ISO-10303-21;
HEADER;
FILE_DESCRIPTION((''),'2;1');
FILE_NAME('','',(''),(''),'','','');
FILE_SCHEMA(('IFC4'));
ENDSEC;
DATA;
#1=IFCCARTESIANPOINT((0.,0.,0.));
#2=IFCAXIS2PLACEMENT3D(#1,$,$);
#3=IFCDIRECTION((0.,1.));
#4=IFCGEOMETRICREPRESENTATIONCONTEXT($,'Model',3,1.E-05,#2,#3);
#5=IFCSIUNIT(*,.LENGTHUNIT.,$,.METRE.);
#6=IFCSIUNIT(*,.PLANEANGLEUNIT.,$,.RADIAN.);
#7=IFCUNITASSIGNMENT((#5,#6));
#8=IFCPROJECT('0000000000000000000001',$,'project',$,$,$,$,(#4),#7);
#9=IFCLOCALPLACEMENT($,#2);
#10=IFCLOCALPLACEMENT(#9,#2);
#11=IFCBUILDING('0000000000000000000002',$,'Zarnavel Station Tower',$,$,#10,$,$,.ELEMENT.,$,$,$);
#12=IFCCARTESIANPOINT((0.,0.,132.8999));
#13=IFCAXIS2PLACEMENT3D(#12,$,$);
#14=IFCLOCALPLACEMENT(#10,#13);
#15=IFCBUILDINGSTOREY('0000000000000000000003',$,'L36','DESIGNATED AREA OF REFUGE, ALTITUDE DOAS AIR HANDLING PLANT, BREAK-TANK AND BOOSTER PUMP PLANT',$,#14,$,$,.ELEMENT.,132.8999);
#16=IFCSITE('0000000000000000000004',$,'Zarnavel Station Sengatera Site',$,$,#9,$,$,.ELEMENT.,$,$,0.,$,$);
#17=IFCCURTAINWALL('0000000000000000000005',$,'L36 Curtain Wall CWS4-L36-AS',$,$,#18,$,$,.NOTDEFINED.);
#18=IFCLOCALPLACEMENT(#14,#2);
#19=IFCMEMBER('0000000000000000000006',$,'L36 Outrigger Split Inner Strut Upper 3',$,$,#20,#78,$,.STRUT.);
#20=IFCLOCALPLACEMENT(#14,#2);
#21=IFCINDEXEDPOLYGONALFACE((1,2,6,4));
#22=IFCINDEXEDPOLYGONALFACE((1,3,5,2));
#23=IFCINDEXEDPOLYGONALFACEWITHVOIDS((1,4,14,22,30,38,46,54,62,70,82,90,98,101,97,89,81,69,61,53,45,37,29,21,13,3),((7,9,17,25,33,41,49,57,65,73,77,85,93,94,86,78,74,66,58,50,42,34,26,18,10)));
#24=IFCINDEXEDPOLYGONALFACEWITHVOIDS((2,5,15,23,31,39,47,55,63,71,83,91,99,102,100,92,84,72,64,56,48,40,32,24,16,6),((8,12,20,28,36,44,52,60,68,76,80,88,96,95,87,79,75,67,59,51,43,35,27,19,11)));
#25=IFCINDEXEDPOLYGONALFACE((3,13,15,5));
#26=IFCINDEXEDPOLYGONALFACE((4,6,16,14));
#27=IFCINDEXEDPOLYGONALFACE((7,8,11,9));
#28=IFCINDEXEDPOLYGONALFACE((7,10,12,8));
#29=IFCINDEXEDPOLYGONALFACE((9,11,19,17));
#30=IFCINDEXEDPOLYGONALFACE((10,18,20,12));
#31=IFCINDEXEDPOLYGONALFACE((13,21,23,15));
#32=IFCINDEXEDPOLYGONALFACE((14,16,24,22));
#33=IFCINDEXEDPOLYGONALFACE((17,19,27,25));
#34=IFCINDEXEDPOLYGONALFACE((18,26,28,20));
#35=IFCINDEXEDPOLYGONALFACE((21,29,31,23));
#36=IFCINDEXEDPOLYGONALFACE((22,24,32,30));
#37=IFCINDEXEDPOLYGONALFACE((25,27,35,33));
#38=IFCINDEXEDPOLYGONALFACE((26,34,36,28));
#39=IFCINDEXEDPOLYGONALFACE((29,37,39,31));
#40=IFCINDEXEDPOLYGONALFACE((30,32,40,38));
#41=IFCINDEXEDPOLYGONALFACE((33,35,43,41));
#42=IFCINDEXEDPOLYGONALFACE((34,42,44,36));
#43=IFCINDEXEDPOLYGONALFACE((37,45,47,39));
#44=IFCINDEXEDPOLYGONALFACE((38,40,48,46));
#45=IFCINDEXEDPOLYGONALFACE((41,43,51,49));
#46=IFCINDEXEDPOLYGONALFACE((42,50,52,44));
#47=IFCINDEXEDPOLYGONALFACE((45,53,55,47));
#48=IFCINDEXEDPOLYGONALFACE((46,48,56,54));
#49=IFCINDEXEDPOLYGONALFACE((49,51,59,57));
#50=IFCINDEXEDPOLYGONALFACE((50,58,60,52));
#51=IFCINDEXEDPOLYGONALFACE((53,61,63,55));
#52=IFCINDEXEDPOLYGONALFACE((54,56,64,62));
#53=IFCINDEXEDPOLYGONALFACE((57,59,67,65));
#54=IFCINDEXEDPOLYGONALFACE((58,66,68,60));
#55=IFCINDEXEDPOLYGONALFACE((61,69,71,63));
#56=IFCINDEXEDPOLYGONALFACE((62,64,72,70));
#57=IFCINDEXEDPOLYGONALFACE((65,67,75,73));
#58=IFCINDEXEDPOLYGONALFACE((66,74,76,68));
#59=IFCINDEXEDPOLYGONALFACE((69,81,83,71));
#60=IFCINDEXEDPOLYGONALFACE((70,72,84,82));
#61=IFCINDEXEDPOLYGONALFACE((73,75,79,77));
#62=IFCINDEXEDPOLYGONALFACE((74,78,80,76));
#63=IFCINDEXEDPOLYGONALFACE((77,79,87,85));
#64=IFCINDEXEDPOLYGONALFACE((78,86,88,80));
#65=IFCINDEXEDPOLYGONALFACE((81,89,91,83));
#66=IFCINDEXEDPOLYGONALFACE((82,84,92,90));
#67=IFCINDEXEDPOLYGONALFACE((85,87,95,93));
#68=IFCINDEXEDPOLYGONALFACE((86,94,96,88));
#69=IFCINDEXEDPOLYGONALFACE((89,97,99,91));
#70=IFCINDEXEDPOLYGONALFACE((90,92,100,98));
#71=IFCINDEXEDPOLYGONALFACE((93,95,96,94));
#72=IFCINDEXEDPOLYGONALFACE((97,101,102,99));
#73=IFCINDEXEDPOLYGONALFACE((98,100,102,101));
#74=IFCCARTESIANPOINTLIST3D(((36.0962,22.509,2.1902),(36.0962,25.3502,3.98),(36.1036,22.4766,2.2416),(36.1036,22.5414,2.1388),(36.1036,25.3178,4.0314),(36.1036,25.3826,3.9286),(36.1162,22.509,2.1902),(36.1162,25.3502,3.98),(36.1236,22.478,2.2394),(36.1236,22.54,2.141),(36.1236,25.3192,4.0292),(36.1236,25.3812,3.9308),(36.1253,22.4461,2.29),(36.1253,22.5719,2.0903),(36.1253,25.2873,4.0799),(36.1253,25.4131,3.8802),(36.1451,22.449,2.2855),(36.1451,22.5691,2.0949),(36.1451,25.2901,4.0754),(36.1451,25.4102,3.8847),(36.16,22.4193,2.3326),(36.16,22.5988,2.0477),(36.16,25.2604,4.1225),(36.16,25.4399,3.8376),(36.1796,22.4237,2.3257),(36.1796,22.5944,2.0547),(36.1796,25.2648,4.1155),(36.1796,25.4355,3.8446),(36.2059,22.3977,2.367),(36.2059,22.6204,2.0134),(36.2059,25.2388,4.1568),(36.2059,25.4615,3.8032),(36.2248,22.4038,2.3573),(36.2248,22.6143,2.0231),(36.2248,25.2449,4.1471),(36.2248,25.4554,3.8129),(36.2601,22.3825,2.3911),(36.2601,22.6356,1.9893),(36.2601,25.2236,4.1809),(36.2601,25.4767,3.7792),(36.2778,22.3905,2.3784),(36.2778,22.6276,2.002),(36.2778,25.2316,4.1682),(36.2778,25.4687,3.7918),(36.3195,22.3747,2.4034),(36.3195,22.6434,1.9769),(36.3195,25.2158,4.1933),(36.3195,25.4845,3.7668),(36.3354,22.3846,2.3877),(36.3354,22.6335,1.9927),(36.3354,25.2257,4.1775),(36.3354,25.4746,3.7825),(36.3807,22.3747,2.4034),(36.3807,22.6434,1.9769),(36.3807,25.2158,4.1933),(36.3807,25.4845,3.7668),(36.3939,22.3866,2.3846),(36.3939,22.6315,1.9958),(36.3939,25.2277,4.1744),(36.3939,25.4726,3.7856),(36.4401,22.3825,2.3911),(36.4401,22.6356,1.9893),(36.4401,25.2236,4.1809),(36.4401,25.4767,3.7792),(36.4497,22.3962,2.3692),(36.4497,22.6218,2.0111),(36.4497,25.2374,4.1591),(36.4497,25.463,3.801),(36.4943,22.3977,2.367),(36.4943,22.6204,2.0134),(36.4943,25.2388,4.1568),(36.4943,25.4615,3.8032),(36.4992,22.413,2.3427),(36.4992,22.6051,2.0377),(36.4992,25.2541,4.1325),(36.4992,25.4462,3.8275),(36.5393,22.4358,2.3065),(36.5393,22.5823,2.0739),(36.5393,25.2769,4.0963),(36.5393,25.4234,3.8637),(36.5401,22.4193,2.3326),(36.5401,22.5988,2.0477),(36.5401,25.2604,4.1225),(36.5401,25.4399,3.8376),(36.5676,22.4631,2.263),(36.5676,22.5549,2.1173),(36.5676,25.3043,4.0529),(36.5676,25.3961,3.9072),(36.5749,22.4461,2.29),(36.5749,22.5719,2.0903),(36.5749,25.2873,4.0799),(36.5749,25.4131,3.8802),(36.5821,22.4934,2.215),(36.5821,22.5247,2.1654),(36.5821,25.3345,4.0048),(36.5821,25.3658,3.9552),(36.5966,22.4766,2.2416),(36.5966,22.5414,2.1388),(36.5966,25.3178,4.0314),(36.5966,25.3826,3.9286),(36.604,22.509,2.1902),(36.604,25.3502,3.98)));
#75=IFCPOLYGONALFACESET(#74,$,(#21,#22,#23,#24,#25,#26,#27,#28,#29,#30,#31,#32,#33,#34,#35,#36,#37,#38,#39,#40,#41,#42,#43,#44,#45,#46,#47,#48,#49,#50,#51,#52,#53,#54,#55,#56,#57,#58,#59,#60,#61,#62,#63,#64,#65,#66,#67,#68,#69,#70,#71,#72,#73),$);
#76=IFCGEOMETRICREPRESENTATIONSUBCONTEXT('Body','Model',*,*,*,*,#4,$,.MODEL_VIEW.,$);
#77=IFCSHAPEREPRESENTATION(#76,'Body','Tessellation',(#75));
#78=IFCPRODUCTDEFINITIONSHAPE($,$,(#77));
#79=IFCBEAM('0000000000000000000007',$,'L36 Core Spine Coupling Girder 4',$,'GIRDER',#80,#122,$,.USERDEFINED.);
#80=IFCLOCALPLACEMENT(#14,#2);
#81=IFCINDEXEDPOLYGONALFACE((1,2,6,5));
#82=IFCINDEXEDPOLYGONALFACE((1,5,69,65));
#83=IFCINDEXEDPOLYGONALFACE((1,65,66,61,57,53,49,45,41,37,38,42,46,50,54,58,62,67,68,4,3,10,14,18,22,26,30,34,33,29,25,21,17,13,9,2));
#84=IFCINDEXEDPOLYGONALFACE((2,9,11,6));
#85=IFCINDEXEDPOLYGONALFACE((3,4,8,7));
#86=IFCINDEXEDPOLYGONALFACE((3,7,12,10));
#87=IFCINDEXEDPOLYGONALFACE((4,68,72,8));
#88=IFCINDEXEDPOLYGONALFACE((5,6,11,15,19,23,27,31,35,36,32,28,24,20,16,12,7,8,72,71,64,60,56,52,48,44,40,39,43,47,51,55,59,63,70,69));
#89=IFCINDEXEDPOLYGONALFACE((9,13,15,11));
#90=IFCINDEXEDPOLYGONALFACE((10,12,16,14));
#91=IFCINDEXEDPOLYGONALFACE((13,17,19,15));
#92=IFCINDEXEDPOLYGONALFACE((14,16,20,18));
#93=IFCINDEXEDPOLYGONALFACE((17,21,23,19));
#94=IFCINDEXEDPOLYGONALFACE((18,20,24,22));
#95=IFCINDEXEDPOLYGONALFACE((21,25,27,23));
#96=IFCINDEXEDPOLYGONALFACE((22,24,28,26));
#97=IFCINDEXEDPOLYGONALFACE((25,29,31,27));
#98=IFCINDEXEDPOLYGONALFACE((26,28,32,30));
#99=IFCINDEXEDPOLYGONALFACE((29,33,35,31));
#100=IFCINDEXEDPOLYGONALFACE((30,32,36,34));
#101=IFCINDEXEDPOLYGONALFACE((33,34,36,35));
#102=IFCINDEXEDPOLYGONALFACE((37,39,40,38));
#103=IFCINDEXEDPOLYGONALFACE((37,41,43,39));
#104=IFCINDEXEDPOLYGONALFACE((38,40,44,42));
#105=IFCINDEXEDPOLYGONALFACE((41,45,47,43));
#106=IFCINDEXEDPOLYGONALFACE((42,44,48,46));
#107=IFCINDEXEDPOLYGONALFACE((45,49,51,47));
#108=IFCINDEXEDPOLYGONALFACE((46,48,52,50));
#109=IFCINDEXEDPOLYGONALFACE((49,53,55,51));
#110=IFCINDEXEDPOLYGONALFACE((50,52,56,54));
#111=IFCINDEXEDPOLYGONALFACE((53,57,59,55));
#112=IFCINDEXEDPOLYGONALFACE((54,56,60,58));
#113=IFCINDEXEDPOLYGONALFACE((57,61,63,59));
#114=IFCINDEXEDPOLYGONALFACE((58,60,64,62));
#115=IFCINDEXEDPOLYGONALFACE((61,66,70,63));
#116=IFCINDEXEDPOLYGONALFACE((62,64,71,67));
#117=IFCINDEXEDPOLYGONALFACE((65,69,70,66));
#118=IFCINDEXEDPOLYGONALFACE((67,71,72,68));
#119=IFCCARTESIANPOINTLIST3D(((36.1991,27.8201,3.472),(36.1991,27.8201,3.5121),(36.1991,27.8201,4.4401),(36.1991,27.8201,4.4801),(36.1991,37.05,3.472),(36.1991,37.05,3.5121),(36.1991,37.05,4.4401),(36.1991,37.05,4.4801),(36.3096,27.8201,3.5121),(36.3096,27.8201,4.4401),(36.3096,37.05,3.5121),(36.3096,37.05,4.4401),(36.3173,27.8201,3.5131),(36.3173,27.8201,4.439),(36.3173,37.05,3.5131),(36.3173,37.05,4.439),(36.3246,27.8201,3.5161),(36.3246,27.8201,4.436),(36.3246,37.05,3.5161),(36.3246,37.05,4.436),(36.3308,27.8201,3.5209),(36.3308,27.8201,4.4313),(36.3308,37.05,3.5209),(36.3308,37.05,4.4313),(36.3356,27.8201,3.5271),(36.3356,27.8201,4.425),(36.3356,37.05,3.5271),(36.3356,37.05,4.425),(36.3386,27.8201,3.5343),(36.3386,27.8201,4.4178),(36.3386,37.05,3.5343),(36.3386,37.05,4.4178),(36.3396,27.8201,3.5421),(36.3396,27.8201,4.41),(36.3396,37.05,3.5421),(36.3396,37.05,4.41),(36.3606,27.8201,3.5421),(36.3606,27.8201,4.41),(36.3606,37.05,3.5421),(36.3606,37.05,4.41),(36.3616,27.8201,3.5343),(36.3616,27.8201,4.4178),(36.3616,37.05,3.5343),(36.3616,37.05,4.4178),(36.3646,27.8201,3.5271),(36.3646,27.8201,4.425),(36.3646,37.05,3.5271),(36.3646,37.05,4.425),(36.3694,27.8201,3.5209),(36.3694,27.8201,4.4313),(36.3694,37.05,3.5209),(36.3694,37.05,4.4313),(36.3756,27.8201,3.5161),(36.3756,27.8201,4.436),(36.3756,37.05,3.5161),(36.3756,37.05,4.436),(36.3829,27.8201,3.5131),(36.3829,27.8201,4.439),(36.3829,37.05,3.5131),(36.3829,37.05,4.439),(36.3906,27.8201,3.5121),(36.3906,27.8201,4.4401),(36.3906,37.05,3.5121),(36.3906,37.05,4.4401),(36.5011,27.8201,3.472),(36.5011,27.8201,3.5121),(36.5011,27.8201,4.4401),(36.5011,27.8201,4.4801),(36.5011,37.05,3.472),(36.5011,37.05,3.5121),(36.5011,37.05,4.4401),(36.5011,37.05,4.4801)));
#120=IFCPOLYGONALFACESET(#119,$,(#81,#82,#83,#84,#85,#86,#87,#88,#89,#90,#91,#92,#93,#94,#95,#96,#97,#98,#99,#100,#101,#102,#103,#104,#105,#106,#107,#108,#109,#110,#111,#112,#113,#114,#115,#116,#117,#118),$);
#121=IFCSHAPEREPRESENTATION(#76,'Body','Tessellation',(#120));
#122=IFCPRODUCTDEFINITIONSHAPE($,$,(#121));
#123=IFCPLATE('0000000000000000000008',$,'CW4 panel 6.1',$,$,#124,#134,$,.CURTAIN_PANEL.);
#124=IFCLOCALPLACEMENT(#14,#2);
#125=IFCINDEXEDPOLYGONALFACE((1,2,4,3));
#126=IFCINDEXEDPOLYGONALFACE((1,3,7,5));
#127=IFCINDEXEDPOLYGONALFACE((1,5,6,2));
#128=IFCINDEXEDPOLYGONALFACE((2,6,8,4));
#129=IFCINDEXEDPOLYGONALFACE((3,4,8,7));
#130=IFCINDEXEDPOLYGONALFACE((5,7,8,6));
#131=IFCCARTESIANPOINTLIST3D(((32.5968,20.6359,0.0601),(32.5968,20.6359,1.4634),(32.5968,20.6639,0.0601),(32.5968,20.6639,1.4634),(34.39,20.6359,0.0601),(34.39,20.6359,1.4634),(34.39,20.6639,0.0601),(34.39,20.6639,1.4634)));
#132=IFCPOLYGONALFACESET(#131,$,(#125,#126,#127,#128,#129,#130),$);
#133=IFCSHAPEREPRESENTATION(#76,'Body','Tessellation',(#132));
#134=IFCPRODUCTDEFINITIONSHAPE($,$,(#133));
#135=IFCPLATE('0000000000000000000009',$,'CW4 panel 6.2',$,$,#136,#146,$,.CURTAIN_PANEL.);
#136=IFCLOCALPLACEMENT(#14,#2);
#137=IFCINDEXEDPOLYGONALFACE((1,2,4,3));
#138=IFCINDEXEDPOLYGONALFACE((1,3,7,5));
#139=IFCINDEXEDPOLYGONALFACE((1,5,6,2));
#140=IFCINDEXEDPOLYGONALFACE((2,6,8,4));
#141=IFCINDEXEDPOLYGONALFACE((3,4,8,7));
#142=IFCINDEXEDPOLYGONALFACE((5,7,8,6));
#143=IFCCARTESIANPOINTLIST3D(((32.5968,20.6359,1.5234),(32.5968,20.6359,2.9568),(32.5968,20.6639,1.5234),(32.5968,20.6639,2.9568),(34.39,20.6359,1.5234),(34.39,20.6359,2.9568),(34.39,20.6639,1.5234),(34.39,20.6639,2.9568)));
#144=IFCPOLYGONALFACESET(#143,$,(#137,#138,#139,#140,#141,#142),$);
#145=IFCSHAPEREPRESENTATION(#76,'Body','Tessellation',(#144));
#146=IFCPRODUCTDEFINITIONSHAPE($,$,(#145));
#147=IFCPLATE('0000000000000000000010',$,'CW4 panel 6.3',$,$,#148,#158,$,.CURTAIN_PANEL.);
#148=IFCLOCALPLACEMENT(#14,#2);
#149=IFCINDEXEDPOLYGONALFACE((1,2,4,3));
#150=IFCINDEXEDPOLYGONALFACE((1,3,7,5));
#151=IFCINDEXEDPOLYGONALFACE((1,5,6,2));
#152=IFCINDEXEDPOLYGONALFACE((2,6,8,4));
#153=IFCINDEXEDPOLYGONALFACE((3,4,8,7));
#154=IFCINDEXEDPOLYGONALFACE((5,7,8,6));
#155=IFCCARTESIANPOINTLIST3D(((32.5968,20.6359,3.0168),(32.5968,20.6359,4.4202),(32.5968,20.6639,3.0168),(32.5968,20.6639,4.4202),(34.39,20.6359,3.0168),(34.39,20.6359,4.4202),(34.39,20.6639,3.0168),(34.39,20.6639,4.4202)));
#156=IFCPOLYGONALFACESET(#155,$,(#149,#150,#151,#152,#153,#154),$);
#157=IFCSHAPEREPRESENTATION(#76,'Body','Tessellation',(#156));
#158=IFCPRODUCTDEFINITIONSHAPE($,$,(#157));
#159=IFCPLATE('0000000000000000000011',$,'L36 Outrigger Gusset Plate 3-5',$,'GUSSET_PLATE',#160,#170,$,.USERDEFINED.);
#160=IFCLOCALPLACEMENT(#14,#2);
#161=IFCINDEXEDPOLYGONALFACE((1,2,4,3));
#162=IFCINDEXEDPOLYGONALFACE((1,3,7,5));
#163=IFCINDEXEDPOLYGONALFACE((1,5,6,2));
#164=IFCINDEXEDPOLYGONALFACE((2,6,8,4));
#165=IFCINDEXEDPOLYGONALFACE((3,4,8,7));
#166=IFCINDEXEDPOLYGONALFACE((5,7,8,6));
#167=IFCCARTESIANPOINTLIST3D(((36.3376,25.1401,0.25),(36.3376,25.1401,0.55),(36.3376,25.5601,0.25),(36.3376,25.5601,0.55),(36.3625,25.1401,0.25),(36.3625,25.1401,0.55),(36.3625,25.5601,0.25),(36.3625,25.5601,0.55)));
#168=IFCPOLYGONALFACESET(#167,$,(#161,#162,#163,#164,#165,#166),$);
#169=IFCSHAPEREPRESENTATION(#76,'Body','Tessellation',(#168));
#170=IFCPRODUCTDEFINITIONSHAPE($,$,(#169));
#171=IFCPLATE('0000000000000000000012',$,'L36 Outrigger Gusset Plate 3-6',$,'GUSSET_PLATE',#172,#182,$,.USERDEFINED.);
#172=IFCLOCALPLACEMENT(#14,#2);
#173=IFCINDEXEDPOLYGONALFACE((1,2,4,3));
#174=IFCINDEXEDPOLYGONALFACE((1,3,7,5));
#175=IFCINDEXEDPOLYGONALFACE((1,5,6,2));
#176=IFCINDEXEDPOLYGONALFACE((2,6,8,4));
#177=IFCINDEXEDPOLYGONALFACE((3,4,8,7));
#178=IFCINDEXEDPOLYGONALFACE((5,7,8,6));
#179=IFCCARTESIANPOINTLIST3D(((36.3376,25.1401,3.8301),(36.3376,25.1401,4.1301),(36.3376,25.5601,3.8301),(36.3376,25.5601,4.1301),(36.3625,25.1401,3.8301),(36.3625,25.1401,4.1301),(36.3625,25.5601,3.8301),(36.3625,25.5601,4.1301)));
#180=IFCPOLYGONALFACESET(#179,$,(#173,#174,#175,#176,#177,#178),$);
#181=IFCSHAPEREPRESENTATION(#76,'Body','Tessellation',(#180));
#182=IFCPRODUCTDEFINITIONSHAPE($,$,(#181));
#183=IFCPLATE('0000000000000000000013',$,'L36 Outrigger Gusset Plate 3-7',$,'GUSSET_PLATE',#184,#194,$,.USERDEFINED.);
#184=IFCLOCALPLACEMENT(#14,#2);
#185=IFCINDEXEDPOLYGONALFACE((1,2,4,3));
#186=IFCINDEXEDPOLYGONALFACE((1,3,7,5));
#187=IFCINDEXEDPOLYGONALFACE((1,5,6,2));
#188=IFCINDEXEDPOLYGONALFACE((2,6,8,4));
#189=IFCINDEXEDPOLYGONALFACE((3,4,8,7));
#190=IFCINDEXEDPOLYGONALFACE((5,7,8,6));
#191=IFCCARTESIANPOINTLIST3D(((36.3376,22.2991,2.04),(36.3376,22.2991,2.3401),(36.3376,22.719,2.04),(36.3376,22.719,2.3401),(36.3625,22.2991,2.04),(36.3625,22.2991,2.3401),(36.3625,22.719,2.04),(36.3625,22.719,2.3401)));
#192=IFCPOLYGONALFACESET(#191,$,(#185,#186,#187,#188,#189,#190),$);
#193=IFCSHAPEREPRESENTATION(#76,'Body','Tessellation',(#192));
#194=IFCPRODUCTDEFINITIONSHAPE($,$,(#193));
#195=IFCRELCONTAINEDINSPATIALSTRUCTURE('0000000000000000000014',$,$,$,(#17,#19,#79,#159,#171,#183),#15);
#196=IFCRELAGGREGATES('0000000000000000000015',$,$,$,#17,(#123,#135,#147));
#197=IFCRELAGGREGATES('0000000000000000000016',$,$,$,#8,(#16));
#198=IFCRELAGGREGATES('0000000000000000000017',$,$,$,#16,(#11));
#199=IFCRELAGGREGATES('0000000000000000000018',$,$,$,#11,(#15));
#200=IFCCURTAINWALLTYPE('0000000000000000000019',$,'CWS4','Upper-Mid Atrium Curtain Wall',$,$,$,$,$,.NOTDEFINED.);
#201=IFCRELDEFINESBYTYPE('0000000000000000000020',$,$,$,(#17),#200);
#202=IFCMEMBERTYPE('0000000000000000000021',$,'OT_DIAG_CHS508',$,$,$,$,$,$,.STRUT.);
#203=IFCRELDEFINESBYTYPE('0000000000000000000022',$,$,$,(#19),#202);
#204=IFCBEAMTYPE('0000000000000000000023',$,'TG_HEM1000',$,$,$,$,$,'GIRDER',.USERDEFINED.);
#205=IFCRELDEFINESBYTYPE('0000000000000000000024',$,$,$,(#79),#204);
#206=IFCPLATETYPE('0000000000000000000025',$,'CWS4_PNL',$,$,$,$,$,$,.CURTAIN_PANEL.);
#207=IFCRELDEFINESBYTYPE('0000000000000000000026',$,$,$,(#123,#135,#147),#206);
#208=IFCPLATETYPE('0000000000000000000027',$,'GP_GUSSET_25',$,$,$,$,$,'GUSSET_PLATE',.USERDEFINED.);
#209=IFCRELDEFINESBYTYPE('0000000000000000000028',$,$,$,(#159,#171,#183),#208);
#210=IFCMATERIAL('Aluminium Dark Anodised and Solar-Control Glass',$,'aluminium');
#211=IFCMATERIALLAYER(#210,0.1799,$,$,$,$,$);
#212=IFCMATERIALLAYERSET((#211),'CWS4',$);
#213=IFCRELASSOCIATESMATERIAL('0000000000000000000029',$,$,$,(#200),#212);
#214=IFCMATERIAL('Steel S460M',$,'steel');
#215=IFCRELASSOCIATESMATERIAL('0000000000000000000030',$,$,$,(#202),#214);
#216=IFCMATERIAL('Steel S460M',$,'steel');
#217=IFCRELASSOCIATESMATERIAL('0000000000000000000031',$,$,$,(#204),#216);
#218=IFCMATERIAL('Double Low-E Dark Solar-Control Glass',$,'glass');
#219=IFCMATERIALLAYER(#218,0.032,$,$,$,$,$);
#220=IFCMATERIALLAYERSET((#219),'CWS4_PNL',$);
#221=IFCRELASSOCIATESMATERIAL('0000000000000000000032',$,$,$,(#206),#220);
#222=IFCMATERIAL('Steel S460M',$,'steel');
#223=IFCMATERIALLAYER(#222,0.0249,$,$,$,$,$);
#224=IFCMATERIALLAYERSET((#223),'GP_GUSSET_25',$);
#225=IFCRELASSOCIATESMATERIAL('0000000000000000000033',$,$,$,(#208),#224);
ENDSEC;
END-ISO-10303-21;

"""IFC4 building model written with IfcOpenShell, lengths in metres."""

from ifc_helpers import new_model, si_unit, direction, frame, origin, origin_2d, place, context, subcontext, project, spatial, rectangle, hollow_circle, i_section, extrude, material, layer, layer_set, material_profile, profile_set, type_object, element, aggregate, save


model = new_model("IFC4")

# Units and contexts
model_context = context("Model", 3, precision=1e-05, world=origin(), true_north=direction((0.0, 1.0)))
body_context = subcontext(model_context, "Body", "Model", "MODEL_VIEW")
ifc_project = project(units=[si_unit("LENGTHUNIT", "METRE"), si_unit("PLANEANGLEUNIT", "RADIAN")], contexts=[model_context])

# Site, building, storey
site_placement = place(None, origin())
site = spatial("IfcSite", under=ifc_project, at=site_placement, Name="Zarnavel Station Sengatera Site", CompositionType="ELEMENT", RefElevation=0.0)
building_placement = place(site_placement, origin())
building = spatial("IfcBuilding", under=site, at=building_placement, Name="Zarnavel Station Tower", CompositionType="ELEMENT")
storey_placement = place(building_placement, frame((0.0, 0.0, 132.8999)))
storey = spatial("IfcBuildingStorey", under=building, at=storey_placement, Name="L36", Description="DESIGNATED AREA OF REFUGE, ALTITUDE DOAS AIR HANDLING PLANT, BREAK-TANK AND BOOSTER PUMP PLANT", CompositionType="ELEMENT", Elevation=132.8999)

# Curtain wall
ifc_material_1 = material(Name="Aluminium Dark Anodised and Solar-Control Glass", Category="aluminium")
ifc_layer_1 = layer(ifc_material_1, 0.1799)
ifc_layer_set_1 = layer_set([ifc_layer_1], Name="CWS4")
curtain_wall_type = type_object("IfcCurtainWallType", Name="CWS4", Description="Upper-Mid Atrium Curtain Wall", PredefinedType="NOTDEFINED", material=ifc_layer_set_1)
curtain_wall_placement = place(storey_placement, origin())
curtain_wall = element("IfcCurtainWall", 1, at=curtain_wall_placement, inside=storey, type_object=curtain_wall_type, Name="L36 Curtain Wall CWS4-L36-AS", PredefinedType="NOTDEFINED")

# Member
ifc_material_2 = material(Name="Steel S460M", Category="steel")
ifc_material_profile_1 = material_profile(ifc_material_2, hollow_circle(Radius=0.2539, WallThickness=0.02, at=origin_2d()), Name="CHS508x20")
ifc_profile_set_1 = profile_set([ifc_material_profile_1], Name="Steel S460M")
member_type_1 = type_object("IfcMemberType", Name="OT_DIAG_CHS508", PredefinedType="STRUT", material=ifc_profile_set_1)
member_1_placement = place(storey_placement, frame((36.3501, 22.509, 2.1902), z_axis=(0.0, 0.846102, 0.533022), x_axis=(-1.0, 0.0, 0.0)))
element("IfcMember", 2, at=member_1_placement, inside=storey, type_object=member_type_1, Name="L36 Outrigger Split Inner Strut Upper 3", PredefinedType="STRUT", context=body_context, shape_type="SweptSolid", body=[
    extrude(hollow_circle(Radius=0.2539, WallThickness=0.02, at=origin_2d()), origin(), (0.0, 0.0, 1.0), 3.3579),
])

# Beam
ifc_material_3 = material(Name="Steel S460M", Category="steel")
ifc_material_profile_2 = material_profile(ifc_material_3, i_section(OverallWidth=0.302, OverallDepth=1.0081, WebThickness=0.021, FlangeThickness=0.04, FilletRadius=0.03, at=origin_2d()), Name="HEM1000")
ifc_profile_set_2 = profile_set([ifc_material_profile_2], Name="Steel S460M")
beam_type_1 = type_object("IfcBeamType", Name="TG_HEM1000", ElementType="GIRDER", PredefinedType="USERDEFINED", material=ifc_profile_set_2)
beam_1_placement = place(storey_placement, frame((36.3501, 27.8201, 3.9761), z_axis=(0.0, 1.0, 0.0), x_axis=(-1.0, 0.0, 0.0)))
element("IfcBeam", 3, at=beam_1_placement, inside=storey, type_object=beam_type_1, Name="L36 Core Spine Coupling Girder 4", ObjectType="GIRDER", PredefinedType="USERDEFINED", context=body_context, shape_type="SweptSolid", body=[
    extrude(i_section(OverallWidth=0.302, OverallDepth=1.0081, WebThickness=0.021, FlangeThickness=0.04, FilletRadius=0.03, at=origin_2d()), origin(), (0.0, 0.0, 1.0), 9.23),
])

# Plates
ifc_material_4 = material(Name="Double Low-E Dark Solar-Control Glass", Category="glass")
ifc_layer_2 = layer(ifc_material_4, 0.032)
ifc_layer_set_2 = layer_set([ifc_layer_2], Name="CWS4_PNL")
plate_type_1 = type_object("IfcPlateType", Name="CWS4_PNL", PredefinedType="CURTAIN_PANEL", material=ifc_layer_set_2)
plate_1_placement = place(storey_placement, frame((33.4934, 20.6499, 0.0601), z_axis=(0.0, 0.0, 1.0), x_axis=(1.0, 0.0, 0.0)))
plate_1 = element("IfcPlate", 4, at=plate_1_placement, type_object=plate_type_1, Name="CW4 panel 6.1", PredefinedType="CURTAIN_PANEL", context=body_context, shape_type="SweptSolid", body=[
    extrude(rectangle(XDim=1.7932, YDim=0.0281, at=origin_2d()), origin(), (0.0, 0.0, 1.0), 1.4033),
])
plate_2_placement = place(storey_placement, frame((33.4934, 20.6499, 1.5234), z_axis=(0.0, 0.0, 1.0), x_axis=(1.0, 0.0, 0.0)))
plate_2 = element("IfcPlate", 5, at=plate_2_placement, type_object=plate_type_1, Name="CW4 panel 6.2", PredefinedType="CURTAIN_PANEL", context=body_context, shape_type="SweptSolid", body=[
    extrude(rectangle(XDim=1.7932, YDim=0.0281, at=origin_2d()), origin(), (0.0, 0.0, 1.0), 1.4333),
])
plate_3_placement = place(storey_placement, frame((33.4934, 20.6499, 3.0168), z_axis=(0.0, 0.0, 1.0), x_axis=(1.0, 0.0, 0.0)))
plate_3 = element("IfcPlate", 6, at=plate_3_placement, type_object=plate_type_1, Name="CW4 panel 6.3", PredefinedType="CURTAIN_PANEL", context=body_context, shape_type="SweptSolid", body=[
    extrude(rectangle(XDim=1.7932, YDim=0.0281, at=origin_2d()), origin(), (0.0, 0.0, 1.0), 1.4033),
])
aggregate(curtain_wall, [plate_1, plate_2, plate_3])

# Plates
ifc_material_5 = material(Name="Steel S460M", Category="steel")
ifc_layer_3 = layer(ifc_material_5, 0.0249)
ifc_layer_set_3 = layer_set([ifc_layer_3], Name="GP_GUSSET_25")
plate_type_2 = type_object("IfcPlateType", Name="GP_GUSSET_25", ElementType="GUSSET_PLATE", PredefinedType="USERDEFINED", material=ifc_layer_set_3)
for number, where, z_axis, x_axis, name in (
    (7, (36.3501, 25.3501, 0.25), (0.0, 0.0, 1.0), (1.0, 0.0, 0.0), "L36 Outrigger Gusset Plate 3-5"),
    (8, (36.3501, 25.3501, 3.8301), (0.0, 0.0, 1.0), (1.0, 0.0, 0.0), "L36 Outrigger Gusset Plate 3-6"),
    (9, (36.3501, 22.509, 2.04), (0.0, 0.0, 1.0), (1.0, 0.0, 0.0), "L36 Outrigger Gusset Plate 3-7"),
):
    element("IfcPlate", number, at=place(storey_placement, frame(where, z_axis=z_axis, x_axis=x_axis)), inside=storey, type_object=plate_type_2, Name=name, ObjectType="GUSSET_PLATE", PredefinedType="USERDEFINED", context=body_context, shape_type="SweptSolid", body=[
        extrude(rectangle(XDim=0.0249, YDim=0.4199, at=origin_2d()), origin(), (0.0, 0.0, 1.0), 0.3),
    ])

save(model, "model.ifc")
